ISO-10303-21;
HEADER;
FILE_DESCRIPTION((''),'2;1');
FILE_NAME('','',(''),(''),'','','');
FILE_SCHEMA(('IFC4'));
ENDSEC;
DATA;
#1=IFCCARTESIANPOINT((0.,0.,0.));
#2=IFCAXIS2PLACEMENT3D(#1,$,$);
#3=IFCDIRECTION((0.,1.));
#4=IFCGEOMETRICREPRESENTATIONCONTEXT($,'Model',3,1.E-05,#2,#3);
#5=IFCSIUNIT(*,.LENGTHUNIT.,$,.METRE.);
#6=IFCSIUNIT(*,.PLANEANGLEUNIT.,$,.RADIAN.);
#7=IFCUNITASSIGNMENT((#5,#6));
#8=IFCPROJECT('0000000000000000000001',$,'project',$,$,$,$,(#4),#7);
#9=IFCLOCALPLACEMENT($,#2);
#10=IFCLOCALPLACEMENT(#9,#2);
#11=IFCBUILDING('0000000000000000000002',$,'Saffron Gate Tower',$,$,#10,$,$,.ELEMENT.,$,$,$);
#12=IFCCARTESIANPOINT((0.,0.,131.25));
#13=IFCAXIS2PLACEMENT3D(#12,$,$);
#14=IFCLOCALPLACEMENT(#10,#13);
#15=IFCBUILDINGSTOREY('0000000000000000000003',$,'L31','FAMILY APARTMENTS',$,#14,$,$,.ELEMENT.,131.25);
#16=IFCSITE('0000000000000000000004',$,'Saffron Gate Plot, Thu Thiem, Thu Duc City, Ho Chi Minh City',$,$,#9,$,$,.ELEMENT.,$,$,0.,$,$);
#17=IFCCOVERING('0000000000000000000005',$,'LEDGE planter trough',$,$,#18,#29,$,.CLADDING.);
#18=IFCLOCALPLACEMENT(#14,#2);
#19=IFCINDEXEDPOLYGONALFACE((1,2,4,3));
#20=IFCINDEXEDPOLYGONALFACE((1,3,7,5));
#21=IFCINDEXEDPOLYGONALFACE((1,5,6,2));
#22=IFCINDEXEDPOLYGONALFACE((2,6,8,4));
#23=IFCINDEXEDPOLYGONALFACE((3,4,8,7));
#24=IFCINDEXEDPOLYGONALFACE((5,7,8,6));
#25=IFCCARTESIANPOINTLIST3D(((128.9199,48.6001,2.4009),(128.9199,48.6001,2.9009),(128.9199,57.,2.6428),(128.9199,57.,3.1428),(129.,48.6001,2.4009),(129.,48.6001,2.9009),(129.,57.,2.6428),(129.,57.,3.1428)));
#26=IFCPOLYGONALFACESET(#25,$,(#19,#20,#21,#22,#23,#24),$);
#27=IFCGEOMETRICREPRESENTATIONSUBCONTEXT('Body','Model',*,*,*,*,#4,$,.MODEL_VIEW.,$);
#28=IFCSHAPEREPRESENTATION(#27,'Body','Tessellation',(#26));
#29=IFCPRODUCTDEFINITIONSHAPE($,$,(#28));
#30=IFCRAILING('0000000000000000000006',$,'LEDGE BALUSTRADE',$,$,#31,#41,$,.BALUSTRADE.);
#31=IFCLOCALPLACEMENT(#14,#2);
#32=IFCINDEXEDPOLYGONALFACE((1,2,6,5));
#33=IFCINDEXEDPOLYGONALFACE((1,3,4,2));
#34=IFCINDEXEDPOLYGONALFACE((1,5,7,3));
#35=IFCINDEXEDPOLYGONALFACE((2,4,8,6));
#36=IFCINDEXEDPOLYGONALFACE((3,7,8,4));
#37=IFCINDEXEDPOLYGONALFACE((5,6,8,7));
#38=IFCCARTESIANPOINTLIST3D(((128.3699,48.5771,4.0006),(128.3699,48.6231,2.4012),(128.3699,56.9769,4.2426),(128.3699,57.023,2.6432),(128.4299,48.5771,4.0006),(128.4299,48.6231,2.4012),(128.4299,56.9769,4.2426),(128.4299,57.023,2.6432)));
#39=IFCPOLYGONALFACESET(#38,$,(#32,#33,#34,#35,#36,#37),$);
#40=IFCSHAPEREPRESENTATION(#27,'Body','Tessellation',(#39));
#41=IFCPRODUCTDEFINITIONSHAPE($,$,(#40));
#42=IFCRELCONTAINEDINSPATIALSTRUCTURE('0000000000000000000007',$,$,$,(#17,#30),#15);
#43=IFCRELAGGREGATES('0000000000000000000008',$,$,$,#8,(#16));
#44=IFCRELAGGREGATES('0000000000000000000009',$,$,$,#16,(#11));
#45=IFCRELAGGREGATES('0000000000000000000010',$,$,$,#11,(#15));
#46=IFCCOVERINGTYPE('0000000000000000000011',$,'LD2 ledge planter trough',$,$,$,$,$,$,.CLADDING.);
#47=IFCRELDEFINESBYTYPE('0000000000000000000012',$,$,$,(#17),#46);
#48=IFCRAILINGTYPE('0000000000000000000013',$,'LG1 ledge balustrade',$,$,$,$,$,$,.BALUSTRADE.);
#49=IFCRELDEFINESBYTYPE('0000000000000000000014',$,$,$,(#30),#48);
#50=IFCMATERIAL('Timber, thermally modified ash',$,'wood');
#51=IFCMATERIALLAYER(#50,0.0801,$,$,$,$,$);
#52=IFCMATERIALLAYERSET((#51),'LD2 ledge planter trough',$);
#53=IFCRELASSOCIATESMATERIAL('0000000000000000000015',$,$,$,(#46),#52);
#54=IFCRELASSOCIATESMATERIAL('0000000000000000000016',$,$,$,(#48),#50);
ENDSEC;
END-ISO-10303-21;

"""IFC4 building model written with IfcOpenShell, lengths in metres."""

from ifc_helpers import new_model, si_unit, direction, frame, origin, origin_2d, place, context, subcontext, project, spatial, polyline, rectangle, outline, extrude, material, layer, layer_set, type_object, element, save


model = new_model("IFC4")

# Units and contexts
model_context = context("Model", 3, precision=1e-05, world=origin(), true_north=direction((0.0, 1.0)))
body_context = subcontext(model_context, "Body", "Model", "MODEL_VIEW")
ifc_project = project(units=[si_unit("LENGTHUNIT", "METRE"), si_unit("PLANEANGLEUNIT", "RADIAN")], contexts=[model_context])

# Site, building, storey
site_placement = place(None, origin())
site = spatial("IfcSite", under=ifc_project, at=site_placement, Name="Saffron Gate Plot, Thu Thiem, Thu Duc City, Ho Chi Minh City", CompositionType="ELEMENT", RefElevation=0.0)
building_placement = place(site_placement, origin())
building = spatial("IfcBuilding", under=site, at=building_placement, Name="Saffron Gate Tower", CompositionType="ELEMENT")
storey_placement = place(building_placement, frame((0.0, 0.0, 131.25)))
storey = spatial("IfcBuildingStorey", under=building, at=storey_placement, Name="L31", Description="FAMILY APARTMENTS", CompositionType="ELEMENT", Elevation=131.25)

# Covering
ifc_material_1 = material(Name="Timber, thermally modified ash", Category="wood")
ifc_layer_1 = layer(ifc_material_1, 0.0801)
ifc_layer_set_1 = layer_set([ifc_layer_1], Name="LD2 ledge planter trough")
covering_type = type_object("IfcCoveringType", Name="LD2 ledge planter trough", PredefinedType="CLADDING", material=ifc_layer_set_1)
covering_placement = place(storey_placement, frame((129.0, 48.6001, 2.4009), z_axis=(1.0, 0.0, 0.0), x_axis=(0.0, 0.999585, 0.028791)))
element("IfcCovering", 1, at=covering_placement, inside=storey, type_object=covering_type, Name="LEDGE planter trough", PredefinedType="CLADDING", context=body_context, shape_type="SweptSolid", body=[
    extrude(outline(polyline([(0.0, 0.0), (8.4034, 0.0), (8.4178, 0.4998), (0.0144, 0.4998), (0.0, 0.0)])), origin(), (0.0, 0.0, -1.0), 0.0801),
])

# Railing
railing_type = type_object("IfcRailingType", Name="LG1 ledge balustrade", PredefinedType="BALUSTRADE", material=ifc_material_1)
railing_placement = place(storey_placement, frame((128.3999, 48.6001, 2.4009)))
element("IfcRailing", 2, at=railing_placement, inside=storey, type_object=railing_type, Name="LEDGE BALUSTRADE", PredefinedType="BALUSTRADE", context=body_context, shape_type="SweptSolid", body=[
    extrude(rectangle(XDim=0.0601, YDim=1.6001, at=origin_2d()), frame((0.0, 0.0, 0.8), z_axis=(0.0, 0.999585, 0.028791), x_axis=(-1.0, 0.0, 0.0)), (0.0, 0.0, 1.0), 8.4033),
])

save(model, "model.ifc")
